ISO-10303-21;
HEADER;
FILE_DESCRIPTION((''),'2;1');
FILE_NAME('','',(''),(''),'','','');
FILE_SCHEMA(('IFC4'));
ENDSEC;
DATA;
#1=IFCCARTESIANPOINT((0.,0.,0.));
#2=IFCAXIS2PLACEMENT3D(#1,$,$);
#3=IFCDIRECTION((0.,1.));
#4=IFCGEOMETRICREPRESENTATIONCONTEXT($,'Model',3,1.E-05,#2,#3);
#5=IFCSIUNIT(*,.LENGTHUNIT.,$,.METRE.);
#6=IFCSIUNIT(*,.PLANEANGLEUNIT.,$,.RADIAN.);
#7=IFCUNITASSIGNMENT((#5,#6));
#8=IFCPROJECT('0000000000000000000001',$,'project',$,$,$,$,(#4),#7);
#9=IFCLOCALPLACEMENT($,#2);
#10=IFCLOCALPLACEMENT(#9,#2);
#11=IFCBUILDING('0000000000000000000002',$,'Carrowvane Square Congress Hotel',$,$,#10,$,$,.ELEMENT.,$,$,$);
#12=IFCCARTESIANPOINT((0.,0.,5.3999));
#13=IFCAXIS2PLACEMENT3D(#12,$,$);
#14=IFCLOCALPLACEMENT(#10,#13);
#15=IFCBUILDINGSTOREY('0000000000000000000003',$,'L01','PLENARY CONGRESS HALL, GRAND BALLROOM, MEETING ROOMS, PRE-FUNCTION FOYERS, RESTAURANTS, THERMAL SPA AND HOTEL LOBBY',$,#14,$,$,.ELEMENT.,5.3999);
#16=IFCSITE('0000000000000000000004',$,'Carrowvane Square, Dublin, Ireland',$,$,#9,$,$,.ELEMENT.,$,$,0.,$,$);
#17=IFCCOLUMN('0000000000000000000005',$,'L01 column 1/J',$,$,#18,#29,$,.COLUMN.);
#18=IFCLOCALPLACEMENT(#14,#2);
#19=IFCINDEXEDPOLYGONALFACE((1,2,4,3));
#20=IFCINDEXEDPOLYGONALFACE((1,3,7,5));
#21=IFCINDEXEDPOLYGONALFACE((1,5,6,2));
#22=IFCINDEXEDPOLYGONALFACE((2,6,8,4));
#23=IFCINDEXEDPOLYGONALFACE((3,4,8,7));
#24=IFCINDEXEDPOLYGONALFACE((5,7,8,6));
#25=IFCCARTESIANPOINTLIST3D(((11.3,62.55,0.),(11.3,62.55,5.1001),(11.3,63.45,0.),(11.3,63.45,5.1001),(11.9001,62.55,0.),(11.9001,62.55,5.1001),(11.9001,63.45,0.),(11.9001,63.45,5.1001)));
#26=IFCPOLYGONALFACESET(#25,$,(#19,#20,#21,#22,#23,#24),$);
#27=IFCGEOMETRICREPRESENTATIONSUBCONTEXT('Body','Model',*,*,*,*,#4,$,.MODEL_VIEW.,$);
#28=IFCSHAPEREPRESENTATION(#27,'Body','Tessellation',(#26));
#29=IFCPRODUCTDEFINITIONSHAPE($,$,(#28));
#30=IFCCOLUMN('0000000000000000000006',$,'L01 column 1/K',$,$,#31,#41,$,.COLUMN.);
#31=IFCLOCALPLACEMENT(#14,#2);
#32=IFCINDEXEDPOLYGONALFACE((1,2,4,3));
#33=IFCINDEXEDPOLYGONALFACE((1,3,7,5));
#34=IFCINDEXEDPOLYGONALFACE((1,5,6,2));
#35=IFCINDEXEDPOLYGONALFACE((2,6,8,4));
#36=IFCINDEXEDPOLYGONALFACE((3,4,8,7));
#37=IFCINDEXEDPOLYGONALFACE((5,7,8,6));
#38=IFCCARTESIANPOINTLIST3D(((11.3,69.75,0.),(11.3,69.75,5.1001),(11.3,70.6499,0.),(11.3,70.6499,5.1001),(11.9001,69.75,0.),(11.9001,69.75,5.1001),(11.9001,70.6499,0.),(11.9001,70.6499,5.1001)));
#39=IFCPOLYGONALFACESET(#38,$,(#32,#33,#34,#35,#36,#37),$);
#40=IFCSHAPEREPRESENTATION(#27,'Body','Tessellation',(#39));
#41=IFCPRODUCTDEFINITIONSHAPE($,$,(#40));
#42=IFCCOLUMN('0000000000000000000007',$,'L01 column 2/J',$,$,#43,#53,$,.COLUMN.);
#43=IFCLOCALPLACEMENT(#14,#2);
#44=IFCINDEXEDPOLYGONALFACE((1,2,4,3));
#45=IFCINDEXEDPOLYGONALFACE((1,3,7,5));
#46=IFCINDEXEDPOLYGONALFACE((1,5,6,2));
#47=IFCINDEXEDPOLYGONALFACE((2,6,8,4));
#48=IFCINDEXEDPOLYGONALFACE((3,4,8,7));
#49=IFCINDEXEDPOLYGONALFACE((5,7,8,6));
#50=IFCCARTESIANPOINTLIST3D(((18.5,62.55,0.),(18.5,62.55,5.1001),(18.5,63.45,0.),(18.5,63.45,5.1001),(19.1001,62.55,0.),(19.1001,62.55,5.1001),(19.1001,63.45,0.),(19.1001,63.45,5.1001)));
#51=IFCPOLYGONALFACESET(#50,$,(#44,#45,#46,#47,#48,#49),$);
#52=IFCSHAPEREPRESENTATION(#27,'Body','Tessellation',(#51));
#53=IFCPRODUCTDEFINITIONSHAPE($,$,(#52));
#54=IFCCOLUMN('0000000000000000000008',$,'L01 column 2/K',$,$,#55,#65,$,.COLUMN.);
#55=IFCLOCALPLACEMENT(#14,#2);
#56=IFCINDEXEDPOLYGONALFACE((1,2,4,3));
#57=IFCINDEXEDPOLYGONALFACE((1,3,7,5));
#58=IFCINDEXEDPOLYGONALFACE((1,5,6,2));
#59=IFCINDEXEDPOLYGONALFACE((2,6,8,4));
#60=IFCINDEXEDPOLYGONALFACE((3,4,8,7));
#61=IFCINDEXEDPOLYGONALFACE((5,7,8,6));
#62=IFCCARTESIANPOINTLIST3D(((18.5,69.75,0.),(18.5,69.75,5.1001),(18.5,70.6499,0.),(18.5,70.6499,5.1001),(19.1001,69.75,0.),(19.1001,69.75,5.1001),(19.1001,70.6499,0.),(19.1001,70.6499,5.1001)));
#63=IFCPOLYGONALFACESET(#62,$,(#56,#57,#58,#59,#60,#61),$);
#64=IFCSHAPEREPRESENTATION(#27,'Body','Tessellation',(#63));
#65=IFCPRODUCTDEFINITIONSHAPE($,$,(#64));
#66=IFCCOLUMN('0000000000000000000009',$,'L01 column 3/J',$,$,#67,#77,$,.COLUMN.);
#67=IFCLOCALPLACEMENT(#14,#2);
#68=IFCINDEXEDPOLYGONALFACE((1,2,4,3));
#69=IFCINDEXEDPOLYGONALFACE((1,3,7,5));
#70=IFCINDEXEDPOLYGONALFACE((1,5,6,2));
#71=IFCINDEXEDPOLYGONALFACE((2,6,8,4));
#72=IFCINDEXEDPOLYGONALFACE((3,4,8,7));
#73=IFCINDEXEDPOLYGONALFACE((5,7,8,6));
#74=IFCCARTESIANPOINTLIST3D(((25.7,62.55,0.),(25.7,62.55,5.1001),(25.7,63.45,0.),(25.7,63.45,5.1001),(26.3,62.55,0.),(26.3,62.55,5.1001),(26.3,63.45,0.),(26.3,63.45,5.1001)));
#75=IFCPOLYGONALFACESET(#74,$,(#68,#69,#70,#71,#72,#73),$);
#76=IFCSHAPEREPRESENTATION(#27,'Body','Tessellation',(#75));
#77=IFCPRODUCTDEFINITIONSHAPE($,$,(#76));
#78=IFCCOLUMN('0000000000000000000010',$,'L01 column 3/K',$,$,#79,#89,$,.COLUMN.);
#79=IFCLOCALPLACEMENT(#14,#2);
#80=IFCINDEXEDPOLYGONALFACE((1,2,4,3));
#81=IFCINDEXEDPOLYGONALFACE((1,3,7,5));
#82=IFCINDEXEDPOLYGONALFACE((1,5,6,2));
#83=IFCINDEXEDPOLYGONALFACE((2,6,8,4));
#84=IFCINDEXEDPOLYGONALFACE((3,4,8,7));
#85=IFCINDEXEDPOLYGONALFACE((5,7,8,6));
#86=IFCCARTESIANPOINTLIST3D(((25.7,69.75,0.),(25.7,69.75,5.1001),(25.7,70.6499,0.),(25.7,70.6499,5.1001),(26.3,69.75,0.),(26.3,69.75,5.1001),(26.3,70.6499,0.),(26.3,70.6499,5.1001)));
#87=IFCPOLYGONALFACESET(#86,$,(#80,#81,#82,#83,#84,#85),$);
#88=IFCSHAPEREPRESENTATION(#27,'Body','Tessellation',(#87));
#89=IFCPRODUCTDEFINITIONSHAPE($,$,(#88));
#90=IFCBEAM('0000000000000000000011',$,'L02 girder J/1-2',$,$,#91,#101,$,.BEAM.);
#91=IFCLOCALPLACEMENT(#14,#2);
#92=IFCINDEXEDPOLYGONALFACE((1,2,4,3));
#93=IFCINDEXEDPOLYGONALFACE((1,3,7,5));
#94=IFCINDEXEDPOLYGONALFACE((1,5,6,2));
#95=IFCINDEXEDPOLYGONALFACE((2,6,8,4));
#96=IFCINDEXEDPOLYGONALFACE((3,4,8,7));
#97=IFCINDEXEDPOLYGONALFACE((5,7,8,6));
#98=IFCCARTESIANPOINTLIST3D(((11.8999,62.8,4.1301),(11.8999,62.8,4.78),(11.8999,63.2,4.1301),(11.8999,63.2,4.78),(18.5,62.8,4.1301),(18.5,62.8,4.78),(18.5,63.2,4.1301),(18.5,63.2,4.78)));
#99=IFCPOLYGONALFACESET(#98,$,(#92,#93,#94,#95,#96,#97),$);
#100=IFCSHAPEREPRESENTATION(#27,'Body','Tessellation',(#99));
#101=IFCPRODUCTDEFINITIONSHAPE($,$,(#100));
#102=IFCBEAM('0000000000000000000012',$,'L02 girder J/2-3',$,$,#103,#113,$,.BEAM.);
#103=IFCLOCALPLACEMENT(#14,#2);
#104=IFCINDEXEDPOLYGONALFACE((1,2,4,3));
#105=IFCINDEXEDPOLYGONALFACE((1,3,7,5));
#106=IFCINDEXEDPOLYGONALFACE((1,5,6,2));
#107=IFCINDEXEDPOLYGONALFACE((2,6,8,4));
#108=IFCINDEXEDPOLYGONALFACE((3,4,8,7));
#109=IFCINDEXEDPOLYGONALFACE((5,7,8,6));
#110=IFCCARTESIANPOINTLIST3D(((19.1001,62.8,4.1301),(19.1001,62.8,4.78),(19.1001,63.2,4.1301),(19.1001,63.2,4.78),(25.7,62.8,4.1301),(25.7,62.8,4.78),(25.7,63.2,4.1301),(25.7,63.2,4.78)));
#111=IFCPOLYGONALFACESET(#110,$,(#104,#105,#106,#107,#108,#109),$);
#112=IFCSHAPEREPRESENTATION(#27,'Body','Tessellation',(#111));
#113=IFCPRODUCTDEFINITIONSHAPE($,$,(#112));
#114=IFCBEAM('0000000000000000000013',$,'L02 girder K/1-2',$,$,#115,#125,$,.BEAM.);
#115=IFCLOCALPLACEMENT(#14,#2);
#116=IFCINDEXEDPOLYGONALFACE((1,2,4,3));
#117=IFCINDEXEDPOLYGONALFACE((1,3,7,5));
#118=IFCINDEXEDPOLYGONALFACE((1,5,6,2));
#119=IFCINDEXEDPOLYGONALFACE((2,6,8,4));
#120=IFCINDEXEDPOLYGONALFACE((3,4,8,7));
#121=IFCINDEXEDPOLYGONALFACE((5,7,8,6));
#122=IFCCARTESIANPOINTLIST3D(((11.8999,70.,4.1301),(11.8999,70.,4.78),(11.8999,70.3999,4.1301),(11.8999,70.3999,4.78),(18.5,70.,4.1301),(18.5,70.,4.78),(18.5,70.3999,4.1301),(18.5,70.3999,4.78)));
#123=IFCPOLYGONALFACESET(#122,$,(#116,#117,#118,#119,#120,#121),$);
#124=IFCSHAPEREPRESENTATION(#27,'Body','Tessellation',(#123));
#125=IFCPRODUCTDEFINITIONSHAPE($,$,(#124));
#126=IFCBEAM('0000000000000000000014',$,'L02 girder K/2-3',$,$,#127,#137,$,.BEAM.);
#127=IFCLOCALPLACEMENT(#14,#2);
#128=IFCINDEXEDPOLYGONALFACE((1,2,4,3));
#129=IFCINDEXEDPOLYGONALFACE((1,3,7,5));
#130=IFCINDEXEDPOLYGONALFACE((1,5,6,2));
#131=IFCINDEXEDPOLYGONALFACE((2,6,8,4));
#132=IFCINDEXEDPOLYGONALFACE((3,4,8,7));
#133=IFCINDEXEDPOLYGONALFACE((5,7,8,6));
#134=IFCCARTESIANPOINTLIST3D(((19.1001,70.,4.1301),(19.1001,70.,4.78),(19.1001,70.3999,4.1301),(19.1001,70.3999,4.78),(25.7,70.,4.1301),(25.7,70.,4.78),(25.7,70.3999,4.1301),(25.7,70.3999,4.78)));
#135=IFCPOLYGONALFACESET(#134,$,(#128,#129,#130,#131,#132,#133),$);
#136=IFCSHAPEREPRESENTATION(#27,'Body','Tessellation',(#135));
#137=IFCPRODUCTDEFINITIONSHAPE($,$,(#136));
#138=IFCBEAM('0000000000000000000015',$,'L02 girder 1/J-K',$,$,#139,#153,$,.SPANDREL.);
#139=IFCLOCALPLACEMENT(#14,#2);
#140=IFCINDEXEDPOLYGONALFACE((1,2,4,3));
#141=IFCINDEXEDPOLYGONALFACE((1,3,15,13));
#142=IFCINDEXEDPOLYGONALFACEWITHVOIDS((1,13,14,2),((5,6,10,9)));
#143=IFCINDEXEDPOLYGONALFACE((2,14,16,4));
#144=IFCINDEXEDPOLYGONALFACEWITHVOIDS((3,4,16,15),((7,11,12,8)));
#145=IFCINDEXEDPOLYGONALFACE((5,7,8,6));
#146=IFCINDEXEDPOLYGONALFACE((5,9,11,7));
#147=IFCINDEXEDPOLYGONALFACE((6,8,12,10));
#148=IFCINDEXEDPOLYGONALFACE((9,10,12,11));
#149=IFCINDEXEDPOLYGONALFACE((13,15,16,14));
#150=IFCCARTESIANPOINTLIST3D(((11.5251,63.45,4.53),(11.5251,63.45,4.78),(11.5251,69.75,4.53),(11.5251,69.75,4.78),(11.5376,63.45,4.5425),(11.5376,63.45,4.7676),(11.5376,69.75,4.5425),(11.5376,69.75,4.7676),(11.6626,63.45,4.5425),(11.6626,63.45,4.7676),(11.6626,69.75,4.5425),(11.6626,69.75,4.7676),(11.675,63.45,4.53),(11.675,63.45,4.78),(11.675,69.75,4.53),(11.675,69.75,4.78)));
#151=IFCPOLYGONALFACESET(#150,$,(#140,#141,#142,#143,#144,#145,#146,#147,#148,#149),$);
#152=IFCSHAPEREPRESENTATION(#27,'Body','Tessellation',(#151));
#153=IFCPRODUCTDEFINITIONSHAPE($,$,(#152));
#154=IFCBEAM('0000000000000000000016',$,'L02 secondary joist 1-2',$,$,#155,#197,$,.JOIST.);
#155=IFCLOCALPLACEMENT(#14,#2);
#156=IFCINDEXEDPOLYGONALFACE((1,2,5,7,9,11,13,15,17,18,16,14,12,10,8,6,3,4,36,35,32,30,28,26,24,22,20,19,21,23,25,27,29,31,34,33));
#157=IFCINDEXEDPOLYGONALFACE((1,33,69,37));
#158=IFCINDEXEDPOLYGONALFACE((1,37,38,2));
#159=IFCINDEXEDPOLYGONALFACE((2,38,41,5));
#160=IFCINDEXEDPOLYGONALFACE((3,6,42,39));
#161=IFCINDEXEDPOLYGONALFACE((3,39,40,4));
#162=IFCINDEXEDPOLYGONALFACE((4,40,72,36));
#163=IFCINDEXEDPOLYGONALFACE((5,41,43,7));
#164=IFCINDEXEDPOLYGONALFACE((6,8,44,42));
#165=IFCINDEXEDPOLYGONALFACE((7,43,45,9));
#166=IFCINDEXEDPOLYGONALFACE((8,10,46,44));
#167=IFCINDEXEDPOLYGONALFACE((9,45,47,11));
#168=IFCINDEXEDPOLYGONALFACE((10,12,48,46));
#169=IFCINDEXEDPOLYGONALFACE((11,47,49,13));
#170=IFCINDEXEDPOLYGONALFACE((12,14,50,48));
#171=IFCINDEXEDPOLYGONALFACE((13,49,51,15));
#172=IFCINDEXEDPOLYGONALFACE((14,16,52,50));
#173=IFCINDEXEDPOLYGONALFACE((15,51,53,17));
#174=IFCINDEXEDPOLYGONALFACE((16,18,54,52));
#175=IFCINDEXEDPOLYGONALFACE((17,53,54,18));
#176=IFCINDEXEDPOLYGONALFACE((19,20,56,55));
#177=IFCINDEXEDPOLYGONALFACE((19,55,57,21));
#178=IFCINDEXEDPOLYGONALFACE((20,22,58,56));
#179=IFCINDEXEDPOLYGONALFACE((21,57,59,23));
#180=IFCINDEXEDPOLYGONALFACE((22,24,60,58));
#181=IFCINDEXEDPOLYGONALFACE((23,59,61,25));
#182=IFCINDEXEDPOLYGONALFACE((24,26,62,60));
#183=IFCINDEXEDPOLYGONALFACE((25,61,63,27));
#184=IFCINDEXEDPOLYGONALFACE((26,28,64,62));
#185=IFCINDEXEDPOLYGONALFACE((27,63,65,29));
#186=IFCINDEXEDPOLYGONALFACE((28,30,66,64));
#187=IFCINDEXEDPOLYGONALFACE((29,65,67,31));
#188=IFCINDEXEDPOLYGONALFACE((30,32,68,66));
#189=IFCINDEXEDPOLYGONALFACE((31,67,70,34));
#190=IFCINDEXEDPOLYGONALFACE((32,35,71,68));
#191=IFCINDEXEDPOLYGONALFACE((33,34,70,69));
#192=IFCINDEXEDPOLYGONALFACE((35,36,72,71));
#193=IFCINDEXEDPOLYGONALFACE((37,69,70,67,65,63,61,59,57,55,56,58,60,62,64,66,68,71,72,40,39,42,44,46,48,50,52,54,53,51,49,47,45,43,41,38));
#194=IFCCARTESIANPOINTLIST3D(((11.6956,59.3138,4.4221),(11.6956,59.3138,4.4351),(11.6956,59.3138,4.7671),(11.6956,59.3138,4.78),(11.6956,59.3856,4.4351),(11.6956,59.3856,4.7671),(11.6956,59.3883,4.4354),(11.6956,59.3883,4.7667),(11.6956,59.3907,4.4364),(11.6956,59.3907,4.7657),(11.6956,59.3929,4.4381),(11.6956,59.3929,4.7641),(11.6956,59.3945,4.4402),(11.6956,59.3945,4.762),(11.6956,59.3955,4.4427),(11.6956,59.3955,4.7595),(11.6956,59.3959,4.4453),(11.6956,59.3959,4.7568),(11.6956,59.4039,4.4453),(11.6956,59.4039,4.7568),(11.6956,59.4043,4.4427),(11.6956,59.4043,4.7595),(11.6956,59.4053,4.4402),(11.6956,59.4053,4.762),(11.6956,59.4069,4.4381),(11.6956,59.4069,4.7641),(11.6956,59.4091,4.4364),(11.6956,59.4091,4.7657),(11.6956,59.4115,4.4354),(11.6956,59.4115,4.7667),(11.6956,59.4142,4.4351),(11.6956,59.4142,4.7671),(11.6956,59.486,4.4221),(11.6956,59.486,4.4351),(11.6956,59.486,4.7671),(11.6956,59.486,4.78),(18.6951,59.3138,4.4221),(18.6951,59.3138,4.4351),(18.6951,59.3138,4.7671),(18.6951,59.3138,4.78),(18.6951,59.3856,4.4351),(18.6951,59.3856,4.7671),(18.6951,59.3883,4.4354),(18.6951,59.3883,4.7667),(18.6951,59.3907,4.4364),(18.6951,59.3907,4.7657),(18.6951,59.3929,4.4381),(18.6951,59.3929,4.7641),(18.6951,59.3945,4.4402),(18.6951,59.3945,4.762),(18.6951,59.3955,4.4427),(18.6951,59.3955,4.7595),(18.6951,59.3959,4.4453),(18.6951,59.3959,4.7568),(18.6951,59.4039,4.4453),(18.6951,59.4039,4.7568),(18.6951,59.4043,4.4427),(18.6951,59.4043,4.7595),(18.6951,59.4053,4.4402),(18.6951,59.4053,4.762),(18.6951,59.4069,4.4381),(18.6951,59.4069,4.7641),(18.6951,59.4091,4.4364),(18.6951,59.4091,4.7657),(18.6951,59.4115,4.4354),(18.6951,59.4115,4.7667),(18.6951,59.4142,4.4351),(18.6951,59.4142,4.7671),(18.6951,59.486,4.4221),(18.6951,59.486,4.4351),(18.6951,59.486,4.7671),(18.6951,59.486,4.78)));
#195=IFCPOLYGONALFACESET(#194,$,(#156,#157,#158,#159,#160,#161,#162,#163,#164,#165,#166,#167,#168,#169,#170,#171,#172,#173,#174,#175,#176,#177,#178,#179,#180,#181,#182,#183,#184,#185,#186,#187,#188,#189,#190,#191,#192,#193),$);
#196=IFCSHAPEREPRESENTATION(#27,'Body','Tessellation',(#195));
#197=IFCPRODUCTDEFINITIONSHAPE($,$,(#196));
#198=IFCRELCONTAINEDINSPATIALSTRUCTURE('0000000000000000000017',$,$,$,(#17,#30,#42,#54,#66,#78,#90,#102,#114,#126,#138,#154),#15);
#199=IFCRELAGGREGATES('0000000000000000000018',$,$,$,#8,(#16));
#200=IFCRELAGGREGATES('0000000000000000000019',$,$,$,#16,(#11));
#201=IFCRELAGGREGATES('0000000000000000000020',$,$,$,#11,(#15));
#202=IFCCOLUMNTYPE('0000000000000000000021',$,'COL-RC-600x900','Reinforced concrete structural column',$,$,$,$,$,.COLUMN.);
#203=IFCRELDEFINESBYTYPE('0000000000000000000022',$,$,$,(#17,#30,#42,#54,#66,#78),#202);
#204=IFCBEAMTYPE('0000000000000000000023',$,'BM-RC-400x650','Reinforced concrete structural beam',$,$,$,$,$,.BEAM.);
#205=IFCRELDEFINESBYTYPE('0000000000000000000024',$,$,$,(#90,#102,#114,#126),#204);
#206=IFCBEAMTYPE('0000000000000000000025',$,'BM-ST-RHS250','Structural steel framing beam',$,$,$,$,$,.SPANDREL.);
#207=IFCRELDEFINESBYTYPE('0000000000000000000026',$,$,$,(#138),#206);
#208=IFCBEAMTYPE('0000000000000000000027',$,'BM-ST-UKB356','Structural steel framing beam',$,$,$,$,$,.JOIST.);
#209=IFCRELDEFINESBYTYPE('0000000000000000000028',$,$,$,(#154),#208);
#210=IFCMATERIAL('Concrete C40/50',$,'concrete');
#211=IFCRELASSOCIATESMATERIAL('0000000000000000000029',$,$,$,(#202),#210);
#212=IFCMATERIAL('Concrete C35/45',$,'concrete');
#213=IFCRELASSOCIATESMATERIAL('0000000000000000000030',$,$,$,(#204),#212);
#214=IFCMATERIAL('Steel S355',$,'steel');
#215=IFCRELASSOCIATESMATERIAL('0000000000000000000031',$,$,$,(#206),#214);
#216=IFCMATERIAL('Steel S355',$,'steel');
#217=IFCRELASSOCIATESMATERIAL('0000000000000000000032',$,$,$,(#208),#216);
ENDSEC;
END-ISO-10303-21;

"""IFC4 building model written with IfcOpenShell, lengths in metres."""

from ifc_helpers import new_model, si_unit, direction, frame, origin, origin_2d, place, context, subcontext, project, spatial, rectangle, hollow_rectangle, i_section, extrude, material, material_profile, profile_set, type_object, element, save


model = new_model("IFC4")

# Units and contexts
model_context = context("Model", 3, precision=1e-05, world=origin(), true_north=direction((0.0, 1.0)))
body_context = subcontext(model_context, "Body", "Model", "MODEL_VIEW")
ifc_project = project(units=[si_unit("LENGTHUNIT", "METRE"), si_unit("PLANEANGLEUNIT", "RADIAN")], contexts=[model_context])

# Site, building, storey
site_placement = place(None, origin())
site = spatial("IfcSite", under=ifc_project, at=site_placement, Name="Carrowvane Square, Dublin, Ireland", CompositionType="ELEMENT", RefElevation=0.0)
building_placement = place(site_placement, origin())
building = spatial("IfcBuilding", under=site, at=building_placement, Name="Carrowvane Square Congress Hotel", CompositionType="ELEMENT")
storey_placement = place(building_placement, frame((0.0, 0.0, 5.3999)))
storey = spatial("IfcBuildingStorey", under=building, at=storey_placement, Name="L01", Description="PLENARY CONGRESS HALL, GRAND BALLROOM, MEETING ROOMS, PRE-FUNCTION FOYERS, RESTAURANTS, THERMAL SPA AND HOTEL LOBBY", CompositionType="ELEMENT", Elevation=5.3999)

# Columns
ifc_material_1 = material(Name="Concrete C40/50", Category="concrete")
ifc_material_profile_1 = material_profile(ifc_material_1, rectangle(XDim=0.6001, YDim=0.8999, at=origin_2d()), Name="RC 600x900")
ifc_profile_set_1 = profile_set([ifc_material_profile_1], Name="Concrete C40/50")
column_type = type_object("IfcColumnType", Name="COL-RC-600x900", Description="Reinforced concrete structural column", PredefinedType="COLUMN", material=ifc_profile_set_1)
for number, where, z_axis, x_axis, name in (
    (1, (11.6001, 63.0, 0.0), (0.0, 0.0, 1.0), (1.0, 0.0, 0.0), "L01 column 1/J"),
    (2, (11.6001, 70.2, 0.0), (0.0, 0.0, 1.0), (1.0, 0.0, 0.0), "L01 column 1/K"),
    (3, (18.8, 63.0, 0.0), (0.0, 0.0, 1.0), (1.0, 0.0, 0.0), "L01 column 2/J"),
    (4, (18.8, 70.2, 0.0), (0.0, 0.0, 1.0), (1.0, 0.0, 0.0), "L01 column 2/K"),
    (5, (26.0, 63.0, 0.0), (0.0, 0.0, 1.0), (1.0, 0.0, 0.0), "L01 column 3/J"),
    (6, (26.0, 70.2, 0.0), (0.0, 0.0, 1.0), (1.0, 0.0, 0.0), "L01 column 3/K"),
):
    element("IfcColumn", number, at=place(storey_placement, frame(where, z_axis=z_axis, x_axis=x_axis)), inside=storey, type_object=column_type, Name=name, PredefinedType="COLUMN", context=body_context, shape_type="SweptSolid", body=[
        extrude(rectangle(XDim=0.6001, YDim=0.8999, at=origin_2d()), origin(), (0.0, 0.0, 1.0), 5.1001),
    ])

# Beams
ifc_material_2 = material(Name="Concrete C35/45", Category="concrete")
ifc_material_profile_2 = material_profile(ifc_material_2, rectangle(XDim=0.3999, YDim=0.6499, at=origin_2d()), Name="RC 400x650")
ifc_profile_set_2 = profile_set([ifc_material_profile_2], Name="Concrete C35/45")
beam_type_1 = type_object("IfcBeamType", Name="BM-RC-400x650", Description="Reinforced concrete structural beam", PredefinedType="BEAM", material=ifc_profile_set_2)
beam_1_placement = place(storey_placement, frame((11.8999, 63.0, 4.4551), z_axis=(1.0, 0.0, 0.0), x_axis=(0.0, 1.0, 0.0)))
element("IfcBeam", 7, at=beam_1_placement, inside=storey, type_object=beam_type_1, Name="L02 girder J/1-2", PredefinedType="BEAM", context=body_context, shape_type="SweptSolid", body=[
    extrude(rectangle(XDim=0.3999, YDim=0.6499, at=origin_2d()), origin(), (0.0, 0.0, 1.0), 6.6001),
])
beam_2_placement = place(storey_placement, frame((19.1001, 63.0, 4.4551), z_axis=(1.0, 0.0, 0.0), x_axis=(0.0, 1.0, 0.0)))
element("IfcBeam", 8, at=beam_2_placement, inside=storey, type_object=beam_type_1, Name="L02 girder J/2-3", PredefinedType="BEAM", context=body_context, shape_type="SweptSolid", body=[
    extrude(rectangle(XDim=0.3999, YDim=0.6499, at=origin_2d()), origin(), (0.0, 0.0, 1.0), 6.5999),
])
beam_3_placement = place(storey_placement, frame((11.8999, 70.2, 4.4551), z_axis=(1.0, 0.0, 0.0), x_axis=(0.0, 1.0, 0.0)))
element("IfcBeam", 9, at=beam_3_placement, inside=storey, type_object=beam_type_1, Name="L02 girder K/1-2", PredefinedType="BEAM", context=body_context, shape_type="SweptSolid", body=[
    extrude(rectangle(XDim=0.3999, YDim=0.6499, at=origin_2d()), origin(), (0.0, 0.0, 1.0), 6.6001),
])
beam_4_placement = place(storey_placement, frame((19.1001, 70.2, 4.4551), z_axis=(1.0, 0.0, 0.0), x_axis=(0.0, 1.0, 0.0)))
element("IfcBeam", 10, at=beam_4_placement, inside=storey, type_object=beam_type_1, Name="L02 girder K/2-3", PredefinedType="BEAM", context=body_context, shape_type="SweptSolid", body=[
    extrude(rectangle(XDim=0.3999, YDim=0.6499, at=origin_2d()), origin(), (0.0, 0.0, 1.0), 6.5999),
])
ifc_material_3 = material(Name="Steel S355", Category="steel")
ifc_material_profile_3 = material_profile(ifc_material_3, hollow_rectangle(XDim=0.1499, YDim=0.25, WallThickness=0.0125, at=origin_2d()), Name="RHS 250x150x12.5")
ifc_profile_set_3 = profile_set([ifc_material_profile_3], Name="Steel S355")
beam_type_2 = type_object("IfcBeamType", Name="BM-ST-RHS250", Description="Structural steel framing beam", PredefinedType="SPANDREL", material=ifc_profile_set_3)
beam_5_placement = place(storey_placement, frame((11.6001, 63.45, 4.655), z_axis=(0.0, 1.0, 0.0), x_axis=(-1.0, 0.0, 0.0)))
element("IfcBeam", 11, at=beam_5_placement, inside=storey, type_object=beam_type_2, Name="L02 girder 1/J-K", PredefinedType="SPANDREL", context=body_context, shape_type="SweptSolid", body=[
    extrude(hollow_rectangle(XDim=0.1499, YDim=0.25, WallThickness=0.0125, at=origin_2d()), origin(), (0.0, 0.0, 1.0), 6.3),
])
ifc_material_4 = material(Name="Steel S355", Category="steel")
ifc_material_profile_4 = material_profile(ifc_material_4, i_section(OverallWidth=0.1721, OverallDepth=0.3579, WebThickness=0.0081, FlangeThickness=0.0129, FilletRadius=0.0103, at=origin_2d()), Name="UKB 356x171x57")
ifc_profile_set_4 = profile_set([ifc_material_profile_4], Name="Steel S355")
beam_type_3 = type_object("IfcBeamType", Name="BM-ST-UKB356", Description="Structural steel framing beam", PredefinedType="JOIST", material=ifc_profile_set_4)
beam_6_placement = place(storey_placement, frame((11.6956, 59.3999, 4.6011), z_axis=(1.0, 0.0, 0.0), x_axis=(0.0, 1.0, 0.0)))
element("IfcBeam", 12, at=beam_6_placement, inside=storey, type_object=beam_type_3, Name="L02 secondary joist 1-2", PredefinedType="JOIST", context=body_context, shape_type="SweptSolid", body=[
    extrude(i_section(OverallWidth=0.1721, OverallDepth=0.3579, WebThickness=0.0081, FlangeThickness=0.0129, FilletRadius=0.0103, at=origin_2d()), origin(), (0.0, 0.0, 1.0), 6.9995),
])

save(model, "model.ifc")
